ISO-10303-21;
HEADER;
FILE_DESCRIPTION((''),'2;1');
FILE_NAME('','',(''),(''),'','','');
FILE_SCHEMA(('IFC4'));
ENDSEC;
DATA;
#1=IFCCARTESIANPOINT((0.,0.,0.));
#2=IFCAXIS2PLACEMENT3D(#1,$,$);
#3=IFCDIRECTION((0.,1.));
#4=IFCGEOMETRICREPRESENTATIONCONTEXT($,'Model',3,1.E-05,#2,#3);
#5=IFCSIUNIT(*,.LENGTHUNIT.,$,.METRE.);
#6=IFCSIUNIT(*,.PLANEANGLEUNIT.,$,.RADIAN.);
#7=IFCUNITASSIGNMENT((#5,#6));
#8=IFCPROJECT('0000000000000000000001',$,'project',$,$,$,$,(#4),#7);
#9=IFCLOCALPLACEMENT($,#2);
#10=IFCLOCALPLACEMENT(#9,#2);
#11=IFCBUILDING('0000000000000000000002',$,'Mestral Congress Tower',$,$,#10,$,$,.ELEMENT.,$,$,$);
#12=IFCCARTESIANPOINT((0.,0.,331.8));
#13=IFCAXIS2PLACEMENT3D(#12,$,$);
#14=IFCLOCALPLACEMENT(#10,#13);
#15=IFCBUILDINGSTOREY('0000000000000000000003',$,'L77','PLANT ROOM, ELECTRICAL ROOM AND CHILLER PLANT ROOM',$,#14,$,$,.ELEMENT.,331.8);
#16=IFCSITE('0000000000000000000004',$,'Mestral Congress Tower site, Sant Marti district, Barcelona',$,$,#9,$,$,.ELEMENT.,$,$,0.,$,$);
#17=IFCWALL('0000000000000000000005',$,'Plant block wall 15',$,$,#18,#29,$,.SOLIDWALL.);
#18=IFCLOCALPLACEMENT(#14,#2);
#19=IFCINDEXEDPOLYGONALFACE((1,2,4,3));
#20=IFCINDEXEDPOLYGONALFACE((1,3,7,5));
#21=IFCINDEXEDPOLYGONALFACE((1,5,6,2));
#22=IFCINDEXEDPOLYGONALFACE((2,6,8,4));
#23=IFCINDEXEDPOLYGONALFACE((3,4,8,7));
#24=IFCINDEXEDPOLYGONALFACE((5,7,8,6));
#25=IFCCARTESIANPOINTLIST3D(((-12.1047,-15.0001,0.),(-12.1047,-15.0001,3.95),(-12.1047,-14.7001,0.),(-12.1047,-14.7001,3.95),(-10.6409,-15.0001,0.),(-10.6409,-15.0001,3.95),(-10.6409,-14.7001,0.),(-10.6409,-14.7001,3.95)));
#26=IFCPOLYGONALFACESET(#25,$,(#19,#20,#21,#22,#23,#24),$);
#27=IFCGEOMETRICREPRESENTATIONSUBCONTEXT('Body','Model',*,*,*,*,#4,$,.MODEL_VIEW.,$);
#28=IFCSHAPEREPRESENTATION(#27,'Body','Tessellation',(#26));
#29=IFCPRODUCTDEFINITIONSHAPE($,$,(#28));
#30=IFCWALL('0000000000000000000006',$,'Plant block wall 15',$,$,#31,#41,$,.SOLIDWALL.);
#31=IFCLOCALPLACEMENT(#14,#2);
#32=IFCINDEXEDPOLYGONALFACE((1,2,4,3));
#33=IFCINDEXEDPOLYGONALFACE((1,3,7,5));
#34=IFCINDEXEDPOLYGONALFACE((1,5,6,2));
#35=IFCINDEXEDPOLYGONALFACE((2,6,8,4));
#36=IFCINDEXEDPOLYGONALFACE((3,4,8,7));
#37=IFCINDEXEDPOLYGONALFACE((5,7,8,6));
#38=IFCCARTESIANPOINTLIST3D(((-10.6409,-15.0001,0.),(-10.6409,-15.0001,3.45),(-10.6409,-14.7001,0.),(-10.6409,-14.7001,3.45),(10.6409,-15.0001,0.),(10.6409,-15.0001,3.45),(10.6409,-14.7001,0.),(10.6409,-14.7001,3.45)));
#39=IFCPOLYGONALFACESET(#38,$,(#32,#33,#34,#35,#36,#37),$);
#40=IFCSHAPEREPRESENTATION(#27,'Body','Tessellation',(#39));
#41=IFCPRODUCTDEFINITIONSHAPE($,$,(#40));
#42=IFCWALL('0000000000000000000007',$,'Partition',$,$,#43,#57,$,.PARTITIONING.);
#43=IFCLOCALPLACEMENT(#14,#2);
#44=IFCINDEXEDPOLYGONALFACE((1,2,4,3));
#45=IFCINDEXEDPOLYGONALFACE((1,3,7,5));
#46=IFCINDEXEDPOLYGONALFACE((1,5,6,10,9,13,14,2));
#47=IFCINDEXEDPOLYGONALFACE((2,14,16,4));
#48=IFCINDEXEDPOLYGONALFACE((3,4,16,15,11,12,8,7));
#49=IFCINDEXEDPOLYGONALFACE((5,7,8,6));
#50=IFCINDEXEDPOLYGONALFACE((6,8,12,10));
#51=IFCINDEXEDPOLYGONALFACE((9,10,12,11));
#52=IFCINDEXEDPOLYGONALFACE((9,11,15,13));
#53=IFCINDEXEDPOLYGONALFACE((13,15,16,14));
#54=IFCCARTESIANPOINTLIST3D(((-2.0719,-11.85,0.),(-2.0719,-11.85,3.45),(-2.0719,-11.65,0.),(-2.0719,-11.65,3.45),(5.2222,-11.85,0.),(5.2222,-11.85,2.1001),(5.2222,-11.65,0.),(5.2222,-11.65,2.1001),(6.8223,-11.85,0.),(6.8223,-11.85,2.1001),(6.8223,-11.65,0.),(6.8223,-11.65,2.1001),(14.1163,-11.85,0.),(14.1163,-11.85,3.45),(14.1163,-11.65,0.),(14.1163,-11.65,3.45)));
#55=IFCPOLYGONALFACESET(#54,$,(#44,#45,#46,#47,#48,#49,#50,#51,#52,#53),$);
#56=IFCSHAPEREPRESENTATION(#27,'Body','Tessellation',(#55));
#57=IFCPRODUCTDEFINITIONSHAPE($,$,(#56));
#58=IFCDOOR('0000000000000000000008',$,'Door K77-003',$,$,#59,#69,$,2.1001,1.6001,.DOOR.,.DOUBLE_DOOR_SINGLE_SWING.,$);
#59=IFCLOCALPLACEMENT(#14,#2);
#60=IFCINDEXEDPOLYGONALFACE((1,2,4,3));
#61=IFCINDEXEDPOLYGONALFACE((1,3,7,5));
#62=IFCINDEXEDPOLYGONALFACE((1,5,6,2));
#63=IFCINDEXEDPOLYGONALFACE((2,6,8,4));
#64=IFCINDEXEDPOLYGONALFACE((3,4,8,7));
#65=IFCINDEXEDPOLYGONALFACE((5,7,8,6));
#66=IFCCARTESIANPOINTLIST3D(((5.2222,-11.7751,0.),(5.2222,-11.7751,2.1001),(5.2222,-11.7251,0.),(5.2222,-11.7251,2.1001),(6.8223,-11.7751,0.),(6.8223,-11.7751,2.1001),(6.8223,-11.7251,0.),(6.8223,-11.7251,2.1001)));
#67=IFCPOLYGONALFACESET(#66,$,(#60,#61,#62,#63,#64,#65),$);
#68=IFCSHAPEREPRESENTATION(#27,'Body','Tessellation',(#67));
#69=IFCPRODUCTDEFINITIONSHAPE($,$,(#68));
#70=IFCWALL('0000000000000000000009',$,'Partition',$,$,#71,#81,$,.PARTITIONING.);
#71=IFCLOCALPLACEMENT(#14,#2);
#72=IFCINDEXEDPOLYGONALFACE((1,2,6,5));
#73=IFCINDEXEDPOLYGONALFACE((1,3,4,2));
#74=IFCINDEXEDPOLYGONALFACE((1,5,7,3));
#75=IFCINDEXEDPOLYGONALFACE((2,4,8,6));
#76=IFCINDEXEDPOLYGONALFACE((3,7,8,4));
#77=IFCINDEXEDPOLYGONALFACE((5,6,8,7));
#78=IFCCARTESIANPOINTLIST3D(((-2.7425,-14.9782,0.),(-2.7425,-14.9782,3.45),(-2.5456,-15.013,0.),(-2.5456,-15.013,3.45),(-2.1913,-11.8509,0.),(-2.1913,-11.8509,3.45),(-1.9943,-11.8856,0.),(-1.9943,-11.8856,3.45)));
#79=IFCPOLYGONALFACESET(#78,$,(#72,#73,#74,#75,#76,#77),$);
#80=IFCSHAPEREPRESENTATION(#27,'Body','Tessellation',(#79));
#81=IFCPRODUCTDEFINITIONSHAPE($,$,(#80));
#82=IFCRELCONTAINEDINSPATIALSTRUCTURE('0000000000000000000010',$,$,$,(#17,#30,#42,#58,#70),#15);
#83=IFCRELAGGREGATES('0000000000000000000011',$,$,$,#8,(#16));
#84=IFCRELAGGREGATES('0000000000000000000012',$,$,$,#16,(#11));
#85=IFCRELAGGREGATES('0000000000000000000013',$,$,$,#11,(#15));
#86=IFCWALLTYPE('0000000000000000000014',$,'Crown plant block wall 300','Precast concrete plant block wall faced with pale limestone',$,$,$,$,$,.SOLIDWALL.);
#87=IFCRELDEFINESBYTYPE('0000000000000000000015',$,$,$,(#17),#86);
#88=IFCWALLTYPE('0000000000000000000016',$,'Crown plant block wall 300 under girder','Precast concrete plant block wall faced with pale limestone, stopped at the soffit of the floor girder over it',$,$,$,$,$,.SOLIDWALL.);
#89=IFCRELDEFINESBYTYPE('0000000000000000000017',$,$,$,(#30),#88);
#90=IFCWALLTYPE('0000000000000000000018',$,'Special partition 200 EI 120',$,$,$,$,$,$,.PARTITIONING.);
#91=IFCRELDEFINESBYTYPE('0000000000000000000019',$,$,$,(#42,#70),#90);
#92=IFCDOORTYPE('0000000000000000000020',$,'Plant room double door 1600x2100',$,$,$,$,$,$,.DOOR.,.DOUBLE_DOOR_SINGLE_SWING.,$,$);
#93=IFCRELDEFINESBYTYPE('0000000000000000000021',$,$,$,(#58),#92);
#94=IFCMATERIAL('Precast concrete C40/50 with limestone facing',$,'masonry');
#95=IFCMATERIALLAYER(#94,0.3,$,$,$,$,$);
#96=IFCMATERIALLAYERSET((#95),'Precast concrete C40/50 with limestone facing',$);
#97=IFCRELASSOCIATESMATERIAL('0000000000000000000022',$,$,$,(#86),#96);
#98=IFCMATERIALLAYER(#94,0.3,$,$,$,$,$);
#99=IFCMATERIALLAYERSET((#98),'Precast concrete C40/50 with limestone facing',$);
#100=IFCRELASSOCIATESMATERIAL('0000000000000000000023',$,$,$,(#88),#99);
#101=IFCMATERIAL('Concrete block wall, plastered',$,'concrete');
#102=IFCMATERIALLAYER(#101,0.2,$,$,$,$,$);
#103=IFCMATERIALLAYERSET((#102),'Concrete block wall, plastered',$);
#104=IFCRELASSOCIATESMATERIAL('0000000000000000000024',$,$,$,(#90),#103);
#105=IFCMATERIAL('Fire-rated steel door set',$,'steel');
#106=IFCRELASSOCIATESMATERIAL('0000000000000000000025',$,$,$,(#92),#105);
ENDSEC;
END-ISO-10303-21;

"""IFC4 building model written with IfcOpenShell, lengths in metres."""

from ifc_helpers import new_model, si_unit, direction, frame, frame_2d, origin, place, context, subcontext, project, spatial, rectangle, extrude, material, layer, layer_set, type_object, element, fill, save


model = new_model("IFC4")

# Units and contexts
model_context = context("Model", 3, precision=1e-05, world=origin(), true_north=direction((0.0, 1.0)))
body_context = subcontext(model_context, "Body", "Model", "MODEL_VIEW")
ifc_project = project(units=[si_unit("LENGTHUNIT", "METRE"), si_unit("PLANEANGLEUNIT", "RADIAN")], contexts=[model_context])

# Site, building, storey
site_placement = place(None, origin())
site = spatial("IfcSite", under=ifc_project, at=site_placement, Name="Mestral Congress Tower site, Sant Marti district, Barcelona", CompositionType="ELEMENT", RefElevation=0.0)
building_placement = place(site_placement, origin())
building = spatial("IfcBuilding", under=site, at=building_placement, Name="Mestral Congress Tower", CompositionType="ELEMENT")
storey_placement = place(building_placement, frame((0.0, 0.0, 331.8)))
storey = spatial("IfcBuildingStorey", under=building, at=storey_placement, Name="L77", Description="PLANT ROOM, ELECTRICAL ROOM AND CHILLER PLANT ROOM", CompositionType="ELEMENT", Elevation=331.8)

# Walls
ifc_material_1 = material(Name="Precast concrete C40/50 with limestone facing", Category="masonry")
ifc_layer_1 = layer(ifc_material_1, 0.3)
ifc_layer_set_1 = layer_set([ifc_layer_1], Name="Precast concrete C40/50 with limestone facing")
wall_type_1 = type_object("IfcWallType", Name="Crown plant block wall 300", Description="Precast concrete plant block wall faced with pale limestone", PredefinedType="SOLIDWALL", material=ifc_layer_set_1)
wall_1_placement = place(storey_placement, frame((-12.1047, -14.8501, 0.0), z_axis=(0.0, 0.0, 1.0), x_axis=(1.0, 0.0, 0.0)))
element("IfcWall", 1, at=wall_1_placement, inside=storey, type_object=wall_type_1, Name="Plant block wall 15", PredefinedType="SOLIDWALL", context=body_context, shape_type="SweptSolid", body=[
    extrude(rectangle(XDim=1.4639, YDim=0.3, at=frame_2d((0.7319, 0.0))), origin(), (0.0, 0.0, 1.0), 3.95),
])
ifc_layer_2 = layer(ifc_material_1, 0.3)
ifc_layer_set_2 = layer_set([ifc_layer_2], Name="Precast concrete C40/50 with limestone facing")
wall_type_2 = type_object("IfcWallType", Name="Crown plant block wall 300 under girder", Description="Precast concrete plant block wall faced with pale limestone, stopped at the soffit of the floor girder over it", PredefinedType="SOLIDWALL", material=ifc_layer_set_2)
wall_2_placement = place(storey_placement, frame((-10.6409, -14.8501, 0.0), z_axis=(0.0, 0.0, 1.0), x_axis=(1.0, 0.0, 0.0)))
element("IfcWall", 2, at=wall_2_placement, inside=storey, type_object=wall_type_2, Name="Plant block wall 15", PredefinedType="SOLIDWALL", context=body_context, shape_type="SweptSolid", body=[
    extrude(rectangle(XDim=21.2817, YDim=0.3, at=frame_2d((10.6409, 0.0))), origin(), (0.0, 0.0, 1.0), 3.45),
])

# Wall, opening, door
ifc_material_2 = material(Name="Concrete block wall, plastered", Category="concrete")
ifc_layer_3 = layer(ifc_material_2, 0.2)
ifc_layer_set_3 = layer_set([ifc_layer_3], Name="Concrete block wall, plastered")
wall_type_3 = type_object("IfcWallType", Name="Special partition 200 EI 120", PredefinedType="PARTITIONING", material=ifc_layer_set_3)
wall_3_placement = place(storey_placement, frame((-2.072, -11.75, 0.0), z_axis=(0.0, 0.0, 1.0), x_axis=(1.0, 0.0, 0.0)))
wall_3 = element("IfcWall", 3, at=wall_3_placement, inside=storey, type_object=wall_type_3, Name="Partition", PredefinedType="PARTITIONING", context=body_context, shape_type="SweptSolid", body=[
    extrude(rectangle(XDim=16.1882, YDim=0.2, at=frame_2d((8.0942, 0.0))), origin(), (0.0, 0.0, 1.0), 3.45),
])
opening_placement = place(wall_3_placement, frame((7.2942, 0.0, 0.0)))
opening = element("IfcOpeningElement", 4, at=opening_placement, cuts=wall_3, PredefinedType="OPENING", context=body_context, shape_type="SweptSolid", body=[
    extrude(rectangle(XDim=1.6001, YDim=2.1001, at=frame_2d((0.8, 1.05))), frame((0.0, 0.1099, 0.0), z_axis=(0.0, -1.0, 0.0), x_axis=(1.0, 0.0, 0.0)), (0.0, 0.0, 1.0), 0.22),
])
ifc_material_3 = material(Name="Fire-rated steel door set", Category="steel")
door_type = type_object("IfcDoorType", Name="Plant room double door 1600x2100", OperationType="DOUBLE_DOOR_SINGLE_SWING", PredefinedType="DOOR", material=ifc_material_3)
door_placement = place(opening_placement, origin())
door = element("IfcDoor", 5, at=door_placement, inside=storey, type_object=door_type, Name="Door K77-003", OperationType="DOUBLE_DOOR_SINGLE_SWING", OverallHeight=2.1001, OverallWidth=1.6001, PredefinedType="DOOR", context=body_context, shape_type="SweptSolid", body=[
    extrude(rectangle(XDim=1.6001, YDim=2.1001, at=frame_2d((0.8, 1.05))), frame((0.0, 0.0249, 0.0), z_axis=(0.0, -1.0, 0.0), x_axis=(1.0, 0.0, 0.0)), (0.0, 0.0, 1.0), 0.05),
])
fill(opening, door)

# Wall
wall_4_placement = place(storey_placement, frame((-2.0928, -11.8682, 0.0), z_axis=(0.0, 0.0, 1.0), x_axis=(-0.173606, -0.984815, 0.0)))
element("IfcWall", 6, at=wall_4_placement, inside=storey, type_object=wall_type_3, Name="Partition", PredefinedType="PARTITIONING", context=body_context, shape_type="SweptSolid", body=[
    extrude(rectangle(XDim=3.1755, YDim=0.2, at=frame_2d((1.5879, 0.0))), origin(), (0.0, 0.0, 1.0), 3.45),
])

save(model, "model.ifc")
